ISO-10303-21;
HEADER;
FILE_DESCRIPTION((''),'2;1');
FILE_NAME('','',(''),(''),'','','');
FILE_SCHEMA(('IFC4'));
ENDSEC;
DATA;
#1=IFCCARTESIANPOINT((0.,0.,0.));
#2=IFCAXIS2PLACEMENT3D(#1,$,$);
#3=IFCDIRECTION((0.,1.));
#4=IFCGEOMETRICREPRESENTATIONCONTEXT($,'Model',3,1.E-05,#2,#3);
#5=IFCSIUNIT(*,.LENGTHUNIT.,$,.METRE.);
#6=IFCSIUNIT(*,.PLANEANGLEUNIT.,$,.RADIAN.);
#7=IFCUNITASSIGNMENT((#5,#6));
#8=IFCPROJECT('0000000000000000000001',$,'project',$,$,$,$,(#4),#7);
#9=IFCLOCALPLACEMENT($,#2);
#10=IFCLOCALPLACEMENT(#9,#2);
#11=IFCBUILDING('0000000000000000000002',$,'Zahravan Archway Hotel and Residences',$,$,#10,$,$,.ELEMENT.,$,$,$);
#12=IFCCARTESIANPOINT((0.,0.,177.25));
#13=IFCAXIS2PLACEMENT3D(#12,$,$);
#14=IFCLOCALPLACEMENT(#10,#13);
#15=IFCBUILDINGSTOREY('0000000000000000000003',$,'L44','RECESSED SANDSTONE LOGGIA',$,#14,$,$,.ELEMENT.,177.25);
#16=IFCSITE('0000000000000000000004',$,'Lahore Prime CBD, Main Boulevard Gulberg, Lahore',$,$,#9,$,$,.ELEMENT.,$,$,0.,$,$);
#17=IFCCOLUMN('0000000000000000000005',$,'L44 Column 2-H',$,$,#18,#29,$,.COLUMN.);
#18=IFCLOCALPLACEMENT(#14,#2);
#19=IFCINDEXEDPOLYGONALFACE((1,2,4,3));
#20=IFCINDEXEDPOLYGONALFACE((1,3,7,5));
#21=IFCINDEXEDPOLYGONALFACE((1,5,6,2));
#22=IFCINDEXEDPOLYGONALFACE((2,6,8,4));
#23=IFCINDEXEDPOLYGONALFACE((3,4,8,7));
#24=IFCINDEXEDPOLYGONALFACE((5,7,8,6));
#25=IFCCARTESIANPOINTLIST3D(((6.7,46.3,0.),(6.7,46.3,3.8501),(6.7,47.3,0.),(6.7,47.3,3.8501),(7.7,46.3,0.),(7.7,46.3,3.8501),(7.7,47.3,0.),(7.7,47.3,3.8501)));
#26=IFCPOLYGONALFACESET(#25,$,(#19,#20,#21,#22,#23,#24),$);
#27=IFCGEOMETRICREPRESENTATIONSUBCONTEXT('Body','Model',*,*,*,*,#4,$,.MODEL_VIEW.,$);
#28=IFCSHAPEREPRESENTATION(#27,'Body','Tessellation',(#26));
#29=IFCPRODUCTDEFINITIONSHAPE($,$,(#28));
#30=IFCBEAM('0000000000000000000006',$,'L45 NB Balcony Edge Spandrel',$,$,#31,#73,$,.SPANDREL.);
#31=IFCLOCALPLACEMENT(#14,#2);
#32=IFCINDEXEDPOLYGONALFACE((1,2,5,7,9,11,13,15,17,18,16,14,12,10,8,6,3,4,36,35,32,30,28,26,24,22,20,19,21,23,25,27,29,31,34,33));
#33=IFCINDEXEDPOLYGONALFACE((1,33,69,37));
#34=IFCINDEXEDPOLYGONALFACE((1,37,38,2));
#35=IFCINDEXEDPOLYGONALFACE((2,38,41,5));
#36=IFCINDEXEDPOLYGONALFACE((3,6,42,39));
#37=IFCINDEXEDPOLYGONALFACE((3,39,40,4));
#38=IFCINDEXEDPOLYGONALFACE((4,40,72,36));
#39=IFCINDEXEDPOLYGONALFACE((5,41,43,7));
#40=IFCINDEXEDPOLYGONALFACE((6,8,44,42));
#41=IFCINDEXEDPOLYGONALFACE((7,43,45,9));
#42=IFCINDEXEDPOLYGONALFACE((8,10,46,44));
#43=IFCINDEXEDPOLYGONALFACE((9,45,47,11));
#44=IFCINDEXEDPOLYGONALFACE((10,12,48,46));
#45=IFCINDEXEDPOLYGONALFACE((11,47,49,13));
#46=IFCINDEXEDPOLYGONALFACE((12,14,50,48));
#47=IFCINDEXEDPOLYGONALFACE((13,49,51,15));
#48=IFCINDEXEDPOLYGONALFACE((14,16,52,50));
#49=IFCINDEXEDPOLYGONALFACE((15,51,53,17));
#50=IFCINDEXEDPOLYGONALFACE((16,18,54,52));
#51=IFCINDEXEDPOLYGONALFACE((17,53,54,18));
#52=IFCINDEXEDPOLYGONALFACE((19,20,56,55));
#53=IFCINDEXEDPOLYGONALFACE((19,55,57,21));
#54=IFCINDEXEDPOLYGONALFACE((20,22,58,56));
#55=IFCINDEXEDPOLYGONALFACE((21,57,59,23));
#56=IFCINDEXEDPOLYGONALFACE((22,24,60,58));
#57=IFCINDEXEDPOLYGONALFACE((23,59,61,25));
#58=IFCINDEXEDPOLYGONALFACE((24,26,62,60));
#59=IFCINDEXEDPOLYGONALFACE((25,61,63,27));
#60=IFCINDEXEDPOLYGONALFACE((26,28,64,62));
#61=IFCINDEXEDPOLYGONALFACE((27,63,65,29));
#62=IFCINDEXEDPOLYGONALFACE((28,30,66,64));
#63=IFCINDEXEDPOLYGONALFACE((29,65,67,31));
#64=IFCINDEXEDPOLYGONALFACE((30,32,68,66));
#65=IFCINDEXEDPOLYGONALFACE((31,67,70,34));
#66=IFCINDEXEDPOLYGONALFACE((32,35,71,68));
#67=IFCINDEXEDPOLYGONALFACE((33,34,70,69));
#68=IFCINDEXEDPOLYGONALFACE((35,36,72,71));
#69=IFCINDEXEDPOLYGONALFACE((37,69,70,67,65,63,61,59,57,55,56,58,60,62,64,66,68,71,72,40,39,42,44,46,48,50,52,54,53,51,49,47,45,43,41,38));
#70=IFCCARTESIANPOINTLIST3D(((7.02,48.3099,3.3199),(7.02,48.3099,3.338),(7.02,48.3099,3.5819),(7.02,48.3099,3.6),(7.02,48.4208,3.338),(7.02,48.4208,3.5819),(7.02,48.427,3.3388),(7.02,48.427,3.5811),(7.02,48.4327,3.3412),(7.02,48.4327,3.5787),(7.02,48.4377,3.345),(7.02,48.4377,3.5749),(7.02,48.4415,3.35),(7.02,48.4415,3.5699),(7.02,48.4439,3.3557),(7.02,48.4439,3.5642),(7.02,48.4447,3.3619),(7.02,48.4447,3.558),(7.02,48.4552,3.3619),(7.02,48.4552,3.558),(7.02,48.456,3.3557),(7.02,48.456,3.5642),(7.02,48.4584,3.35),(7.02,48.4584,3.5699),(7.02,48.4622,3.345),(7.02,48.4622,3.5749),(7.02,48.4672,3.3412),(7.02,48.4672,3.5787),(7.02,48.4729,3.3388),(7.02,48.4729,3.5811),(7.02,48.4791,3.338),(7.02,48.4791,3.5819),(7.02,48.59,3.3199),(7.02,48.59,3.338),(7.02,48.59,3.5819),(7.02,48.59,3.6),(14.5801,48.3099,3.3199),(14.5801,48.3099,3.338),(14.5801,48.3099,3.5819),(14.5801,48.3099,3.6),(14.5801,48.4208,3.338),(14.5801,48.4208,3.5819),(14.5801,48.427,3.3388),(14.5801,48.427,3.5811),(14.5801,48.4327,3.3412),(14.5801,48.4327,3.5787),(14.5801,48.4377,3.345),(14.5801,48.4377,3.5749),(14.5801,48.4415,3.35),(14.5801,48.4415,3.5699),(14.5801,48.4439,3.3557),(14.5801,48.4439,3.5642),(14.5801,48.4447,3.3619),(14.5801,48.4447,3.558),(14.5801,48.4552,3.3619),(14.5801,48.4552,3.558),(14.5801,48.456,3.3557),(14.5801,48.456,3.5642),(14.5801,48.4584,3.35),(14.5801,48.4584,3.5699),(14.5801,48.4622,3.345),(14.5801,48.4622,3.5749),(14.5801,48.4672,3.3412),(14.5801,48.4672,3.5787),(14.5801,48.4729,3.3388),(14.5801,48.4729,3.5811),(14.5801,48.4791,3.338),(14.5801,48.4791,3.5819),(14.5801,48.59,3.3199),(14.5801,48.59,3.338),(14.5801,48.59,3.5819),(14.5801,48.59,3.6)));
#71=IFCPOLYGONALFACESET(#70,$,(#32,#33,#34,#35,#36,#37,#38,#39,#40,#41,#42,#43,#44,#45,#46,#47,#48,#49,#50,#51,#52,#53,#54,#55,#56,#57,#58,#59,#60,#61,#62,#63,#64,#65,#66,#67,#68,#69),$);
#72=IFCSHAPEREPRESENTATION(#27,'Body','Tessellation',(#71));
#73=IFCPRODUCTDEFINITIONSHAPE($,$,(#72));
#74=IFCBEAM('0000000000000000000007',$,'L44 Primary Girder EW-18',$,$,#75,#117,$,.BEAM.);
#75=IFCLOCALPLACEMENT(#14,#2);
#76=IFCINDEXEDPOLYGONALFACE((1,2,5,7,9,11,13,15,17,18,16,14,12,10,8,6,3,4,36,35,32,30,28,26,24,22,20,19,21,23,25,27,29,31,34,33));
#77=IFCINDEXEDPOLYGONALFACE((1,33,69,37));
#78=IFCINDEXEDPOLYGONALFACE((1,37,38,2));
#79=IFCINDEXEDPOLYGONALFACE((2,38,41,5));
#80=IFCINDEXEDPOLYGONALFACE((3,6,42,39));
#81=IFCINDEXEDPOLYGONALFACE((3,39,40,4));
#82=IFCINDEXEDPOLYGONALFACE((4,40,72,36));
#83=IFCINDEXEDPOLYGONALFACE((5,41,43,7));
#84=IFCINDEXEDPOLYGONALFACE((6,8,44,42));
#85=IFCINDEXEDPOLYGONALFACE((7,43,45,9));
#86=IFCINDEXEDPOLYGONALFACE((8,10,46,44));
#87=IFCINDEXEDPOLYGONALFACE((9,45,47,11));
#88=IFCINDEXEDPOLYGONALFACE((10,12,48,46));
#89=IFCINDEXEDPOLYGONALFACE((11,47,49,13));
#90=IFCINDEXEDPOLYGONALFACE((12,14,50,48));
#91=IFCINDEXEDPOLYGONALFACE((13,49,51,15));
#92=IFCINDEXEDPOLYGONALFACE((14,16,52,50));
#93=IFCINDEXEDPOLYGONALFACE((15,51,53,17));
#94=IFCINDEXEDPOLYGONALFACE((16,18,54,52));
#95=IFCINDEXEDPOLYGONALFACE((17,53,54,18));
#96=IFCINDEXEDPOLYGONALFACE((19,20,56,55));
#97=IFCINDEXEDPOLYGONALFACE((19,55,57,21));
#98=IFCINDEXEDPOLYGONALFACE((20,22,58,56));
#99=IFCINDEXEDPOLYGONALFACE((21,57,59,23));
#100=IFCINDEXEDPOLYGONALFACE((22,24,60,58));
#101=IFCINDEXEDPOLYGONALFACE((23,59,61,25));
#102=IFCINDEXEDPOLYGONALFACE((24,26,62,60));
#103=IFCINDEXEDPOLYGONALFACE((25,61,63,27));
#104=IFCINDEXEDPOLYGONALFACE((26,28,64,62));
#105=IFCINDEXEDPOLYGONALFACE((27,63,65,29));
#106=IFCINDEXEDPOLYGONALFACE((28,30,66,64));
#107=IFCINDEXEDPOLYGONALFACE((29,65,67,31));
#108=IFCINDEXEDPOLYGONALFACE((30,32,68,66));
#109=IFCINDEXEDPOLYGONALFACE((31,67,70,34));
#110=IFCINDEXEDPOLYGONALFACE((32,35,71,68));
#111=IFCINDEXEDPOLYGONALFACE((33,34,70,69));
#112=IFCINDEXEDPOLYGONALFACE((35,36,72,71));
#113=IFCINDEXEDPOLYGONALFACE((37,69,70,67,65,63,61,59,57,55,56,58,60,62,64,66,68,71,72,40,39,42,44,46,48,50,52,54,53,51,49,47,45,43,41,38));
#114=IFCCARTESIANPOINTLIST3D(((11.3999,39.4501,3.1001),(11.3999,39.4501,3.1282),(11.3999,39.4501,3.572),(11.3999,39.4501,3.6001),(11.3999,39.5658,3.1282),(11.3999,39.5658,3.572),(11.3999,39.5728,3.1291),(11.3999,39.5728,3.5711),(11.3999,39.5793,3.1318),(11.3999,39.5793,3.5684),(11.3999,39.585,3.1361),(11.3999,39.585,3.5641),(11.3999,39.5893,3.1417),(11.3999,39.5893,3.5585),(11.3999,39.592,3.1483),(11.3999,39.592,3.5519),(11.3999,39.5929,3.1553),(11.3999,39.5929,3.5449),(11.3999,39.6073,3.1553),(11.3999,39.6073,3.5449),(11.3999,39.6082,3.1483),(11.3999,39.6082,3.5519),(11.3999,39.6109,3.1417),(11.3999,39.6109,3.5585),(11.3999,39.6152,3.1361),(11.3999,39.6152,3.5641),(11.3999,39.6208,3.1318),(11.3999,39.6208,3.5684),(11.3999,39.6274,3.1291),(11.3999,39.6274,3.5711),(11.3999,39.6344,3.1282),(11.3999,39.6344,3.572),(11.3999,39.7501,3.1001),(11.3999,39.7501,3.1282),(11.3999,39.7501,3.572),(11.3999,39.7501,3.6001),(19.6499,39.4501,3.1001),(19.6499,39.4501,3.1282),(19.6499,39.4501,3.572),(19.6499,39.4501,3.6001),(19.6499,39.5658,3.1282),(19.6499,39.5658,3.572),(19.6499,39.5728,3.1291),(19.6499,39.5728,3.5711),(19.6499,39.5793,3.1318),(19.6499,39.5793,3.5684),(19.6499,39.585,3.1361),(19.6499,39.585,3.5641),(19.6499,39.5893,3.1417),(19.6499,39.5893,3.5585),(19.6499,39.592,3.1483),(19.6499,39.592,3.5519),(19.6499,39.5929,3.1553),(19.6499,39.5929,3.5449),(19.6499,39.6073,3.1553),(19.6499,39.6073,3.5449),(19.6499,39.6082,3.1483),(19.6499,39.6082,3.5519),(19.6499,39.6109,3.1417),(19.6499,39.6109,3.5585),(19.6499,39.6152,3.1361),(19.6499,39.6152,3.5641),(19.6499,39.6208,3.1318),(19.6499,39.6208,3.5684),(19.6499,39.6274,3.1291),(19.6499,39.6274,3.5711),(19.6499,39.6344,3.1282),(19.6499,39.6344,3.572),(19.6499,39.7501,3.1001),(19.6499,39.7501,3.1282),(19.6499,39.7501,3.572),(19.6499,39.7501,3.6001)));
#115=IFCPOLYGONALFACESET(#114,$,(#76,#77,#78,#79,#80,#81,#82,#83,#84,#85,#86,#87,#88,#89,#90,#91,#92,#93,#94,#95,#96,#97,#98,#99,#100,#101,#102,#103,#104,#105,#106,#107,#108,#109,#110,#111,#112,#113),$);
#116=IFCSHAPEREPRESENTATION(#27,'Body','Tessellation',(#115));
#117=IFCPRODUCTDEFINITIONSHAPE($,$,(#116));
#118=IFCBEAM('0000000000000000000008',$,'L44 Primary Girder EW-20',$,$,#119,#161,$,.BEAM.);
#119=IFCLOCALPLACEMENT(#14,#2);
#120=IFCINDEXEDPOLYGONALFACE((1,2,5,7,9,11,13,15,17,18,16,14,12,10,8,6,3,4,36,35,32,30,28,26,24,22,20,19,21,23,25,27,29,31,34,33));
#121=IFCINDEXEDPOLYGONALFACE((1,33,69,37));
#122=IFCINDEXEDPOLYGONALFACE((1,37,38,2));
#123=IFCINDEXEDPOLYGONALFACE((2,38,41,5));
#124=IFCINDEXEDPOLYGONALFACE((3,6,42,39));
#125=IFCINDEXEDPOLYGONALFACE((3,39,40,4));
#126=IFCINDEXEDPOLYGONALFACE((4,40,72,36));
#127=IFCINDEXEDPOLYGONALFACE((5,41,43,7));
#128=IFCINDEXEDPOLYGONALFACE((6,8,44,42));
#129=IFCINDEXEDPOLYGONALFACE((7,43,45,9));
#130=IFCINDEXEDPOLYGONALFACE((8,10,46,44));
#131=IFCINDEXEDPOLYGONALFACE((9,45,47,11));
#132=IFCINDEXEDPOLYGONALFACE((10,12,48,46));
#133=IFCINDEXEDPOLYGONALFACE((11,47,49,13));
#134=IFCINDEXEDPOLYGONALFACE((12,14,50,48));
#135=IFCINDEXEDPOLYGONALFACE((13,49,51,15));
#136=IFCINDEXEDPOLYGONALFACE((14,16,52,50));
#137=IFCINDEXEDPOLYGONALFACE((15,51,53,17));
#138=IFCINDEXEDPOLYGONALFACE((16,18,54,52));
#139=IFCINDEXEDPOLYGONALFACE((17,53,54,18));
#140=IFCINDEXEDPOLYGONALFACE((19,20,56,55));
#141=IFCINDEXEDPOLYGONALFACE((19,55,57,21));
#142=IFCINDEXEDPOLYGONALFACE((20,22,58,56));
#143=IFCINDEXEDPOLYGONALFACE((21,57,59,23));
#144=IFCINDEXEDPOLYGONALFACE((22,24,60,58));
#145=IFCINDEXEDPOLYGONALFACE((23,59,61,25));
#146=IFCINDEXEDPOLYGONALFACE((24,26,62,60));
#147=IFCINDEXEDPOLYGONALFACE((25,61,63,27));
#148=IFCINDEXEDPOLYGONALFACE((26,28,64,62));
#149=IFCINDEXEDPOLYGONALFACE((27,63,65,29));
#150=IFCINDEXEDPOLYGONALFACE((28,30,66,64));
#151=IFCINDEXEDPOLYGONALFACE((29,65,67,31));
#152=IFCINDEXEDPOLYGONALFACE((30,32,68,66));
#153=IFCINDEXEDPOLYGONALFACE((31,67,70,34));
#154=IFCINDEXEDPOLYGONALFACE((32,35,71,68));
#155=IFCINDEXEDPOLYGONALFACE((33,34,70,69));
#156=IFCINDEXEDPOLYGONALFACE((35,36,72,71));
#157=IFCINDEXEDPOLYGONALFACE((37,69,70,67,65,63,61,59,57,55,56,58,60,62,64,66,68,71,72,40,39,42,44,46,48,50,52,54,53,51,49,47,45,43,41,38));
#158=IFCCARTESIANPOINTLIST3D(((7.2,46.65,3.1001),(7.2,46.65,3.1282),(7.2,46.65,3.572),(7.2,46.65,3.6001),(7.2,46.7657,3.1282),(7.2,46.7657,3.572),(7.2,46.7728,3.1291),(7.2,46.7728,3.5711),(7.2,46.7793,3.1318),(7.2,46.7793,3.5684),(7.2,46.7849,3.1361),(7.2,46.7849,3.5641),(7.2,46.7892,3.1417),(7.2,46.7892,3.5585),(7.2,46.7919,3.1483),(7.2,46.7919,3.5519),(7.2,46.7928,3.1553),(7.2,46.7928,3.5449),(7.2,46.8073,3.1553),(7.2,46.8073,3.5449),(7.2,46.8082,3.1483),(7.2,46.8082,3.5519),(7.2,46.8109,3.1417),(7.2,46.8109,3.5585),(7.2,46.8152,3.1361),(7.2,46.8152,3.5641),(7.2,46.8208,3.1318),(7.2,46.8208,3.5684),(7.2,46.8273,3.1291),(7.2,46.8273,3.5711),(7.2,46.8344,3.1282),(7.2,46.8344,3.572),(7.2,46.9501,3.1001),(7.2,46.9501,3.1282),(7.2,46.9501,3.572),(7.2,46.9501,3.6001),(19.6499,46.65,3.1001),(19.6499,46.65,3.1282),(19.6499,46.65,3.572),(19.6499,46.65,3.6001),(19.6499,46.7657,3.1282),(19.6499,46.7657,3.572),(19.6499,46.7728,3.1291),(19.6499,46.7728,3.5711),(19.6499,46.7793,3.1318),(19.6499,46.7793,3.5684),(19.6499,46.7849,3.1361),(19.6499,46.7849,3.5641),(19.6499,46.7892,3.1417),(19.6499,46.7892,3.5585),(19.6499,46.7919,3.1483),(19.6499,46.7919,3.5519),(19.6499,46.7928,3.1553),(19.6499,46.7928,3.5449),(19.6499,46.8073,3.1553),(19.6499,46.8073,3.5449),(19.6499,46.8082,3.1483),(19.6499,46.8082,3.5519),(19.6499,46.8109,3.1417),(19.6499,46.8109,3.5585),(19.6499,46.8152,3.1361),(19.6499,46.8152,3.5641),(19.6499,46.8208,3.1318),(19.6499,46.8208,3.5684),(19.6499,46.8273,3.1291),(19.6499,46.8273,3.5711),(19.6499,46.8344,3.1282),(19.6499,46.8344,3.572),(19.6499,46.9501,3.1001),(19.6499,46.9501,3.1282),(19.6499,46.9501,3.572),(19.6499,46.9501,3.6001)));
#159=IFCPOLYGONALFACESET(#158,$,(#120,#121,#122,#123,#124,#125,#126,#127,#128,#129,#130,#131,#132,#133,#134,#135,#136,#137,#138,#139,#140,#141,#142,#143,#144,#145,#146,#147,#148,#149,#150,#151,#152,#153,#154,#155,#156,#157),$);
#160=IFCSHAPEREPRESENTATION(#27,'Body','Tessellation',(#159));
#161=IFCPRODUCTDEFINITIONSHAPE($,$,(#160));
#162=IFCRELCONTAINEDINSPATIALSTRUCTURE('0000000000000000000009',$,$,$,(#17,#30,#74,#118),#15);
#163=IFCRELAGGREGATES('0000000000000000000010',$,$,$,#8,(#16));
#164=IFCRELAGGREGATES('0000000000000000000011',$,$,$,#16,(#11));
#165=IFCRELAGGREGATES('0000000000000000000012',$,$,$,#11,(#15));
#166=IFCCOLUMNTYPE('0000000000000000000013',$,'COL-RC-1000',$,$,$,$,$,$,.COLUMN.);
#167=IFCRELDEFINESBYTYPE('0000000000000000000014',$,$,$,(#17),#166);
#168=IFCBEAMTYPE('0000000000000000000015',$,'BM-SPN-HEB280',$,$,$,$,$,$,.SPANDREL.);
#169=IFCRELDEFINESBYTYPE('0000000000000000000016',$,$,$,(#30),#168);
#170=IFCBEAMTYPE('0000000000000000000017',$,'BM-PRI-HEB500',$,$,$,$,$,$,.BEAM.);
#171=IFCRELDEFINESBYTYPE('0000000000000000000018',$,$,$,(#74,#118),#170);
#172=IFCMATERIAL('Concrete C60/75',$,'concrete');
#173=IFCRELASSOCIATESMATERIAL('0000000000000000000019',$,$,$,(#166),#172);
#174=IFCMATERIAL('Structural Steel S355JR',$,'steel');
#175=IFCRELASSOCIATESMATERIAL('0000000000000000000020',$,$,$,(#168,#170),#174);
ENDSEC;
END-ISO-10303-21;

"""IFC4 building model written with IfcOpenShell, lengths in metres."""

from ifc_helpers import new_model, si_unit, direction, frame, origin, origin_2d, place, context, subcontext, project, spatial, rectangle, i_section, extrude, source, transform, mapped, material, material_profile, profile_set, type_object, type_shapes, element, save


model = new_model("IFC4")

# Units and contexts
model_context = context("Model", 3, precision=1e-05, world=origin(), true_north=direction((0.0, 1.0)))
body_context = subcontext(model_context, "Body", "Model", "MODEL_VIEW")
ifc_project = project(units=[si_unit("LENGTHUNIT", "METRE"), si_unit("PLANEANGLEUNIT", "RADIAN")], contexts=[model_context])

# Site, building, storey
site_placement = place(None, origin())
site = spatial("IfcSite", under=ifc_project, at=site_placement, Name="Lahore Prime CBD, Main Boulevard Gulberg, Lahore", CompositionType="ELEMENT", RefElevation=0.0)
building_placement = place(site_placement, origin())
building = spatial("IfcBuilding", under=site, at=building_placement, Name="Zahravan Archway Hotel and Residences", CompositionType="ELEMENT")
storey_placement = place(building_placement, frame((0.0, 0.0, 177.25)))
storey = spatial("IfcBuildingStorey", under=building, at=storey_placement, Name="L44", Description="RECESSED SANDSTONE LOGGIA", CompositionType="ELEMENT", Elevation=177.25)

# Column
ifc_material_1 = material(Name="Concrete C60/75", Category="concrete")
ifc_material_profile_1 = material_profile(ifc_material_1, rectangle(XDim=1.0, YDim=1.0, at=origin_2d()), Name="RC-COL-1000x1000", Category="concrete")
ifc_profile_set_1 = profile_set([ifc_material_profile_1], Name="Concrete C60/75")
column_type = type_object("IfcColumnType", Name="COL-RC-1000", PredefinedType="COLUMN", material=ifc_profile_set_1)
shared_shape_1 = source(origin(), body_context, "Body", "SweptSolid", [
    extrude(rectangle(XDim=1.0, YDim=1.0, at=origin_2d()), origin(), (0.0, 0.0, 1.0), 3.8501),
])
column_placement = place(storey_placement, frame((7.2, 46.8, 0.0), z_axis=(0.0, 0.0, 1.0), x_axis=(1.0, 0.0, 0.0)))
element("IfcColumn", 1, at=column_placement, inside=storey, type_object=column_type, Name="L44 Column 2-H", PredefinedType="COLUMN", context=body_context, shape_type="MappedRepresentation", body=[
    mapped(shared_shape_1, transform((0.0, 0.0, 0.0), scale=1.0)),
])

# Beams
ifc_material_2 = material(Name="Structural Steel S355JR", Category="steel")
ifc_material_profile_2 = material_profile(ifc_material_2, i_section(OverallWidth=0.28, OverallDepth=0.28, WebThickness=0.0105, FlangeThickness=0.0181, FilletRadius=0.0239, at=origin_2d()), Name="HEB 280", Category="steel")
ifc_profile_set_2 = profile_set([ifc_material_profile_2], Name="Structural Steel S355JR")
beam_type_1 = type_object("IfcBeamType", Name="BM-SPN-HEB280", PredefinedType="SPANDREL", material=ifc_profile_set_2)
shared_shape_2 = source(origin(), body_context, "Body", "SweptSolid", [
    extrude(i_section(OverallWidth=0.28, OverallDepth=0.28, WebThickness=0.0105, FlangeThickness=0.0181, FilletRadius=0.0239, at=origin_2d()), origin(), (0.0, 0.0, 1.0), 7.5601),
])
type_shapes(beam_type_1, [shared_shape_2])
beam_1_placement = place(storey_placement, frame((7.02, 48.45, 3.46), z_axis=(1.0, 0.0, 0.0), x_axis=(0.0, 1.0, 0.0)))
element("IfcBeam", 2, at=beam_1_placement, inside=storey, type_object=beam_type_1, Name="L45 NB Balcony Edge Spandrel", PredefinedType="SPANDREL", context=body_context, shape_type="MappedRepresentation", body=[
    mapped(shared_shape_2, transform((0.0, 0.0, 0.0), scale=1.0)),
])
ifc_material_profile_3 = material_profile(ifc_material_2, i_section(OverallWidth=0.3, OverallDepth=0.5, WebThickness=0.0144, FlangeThickness=0.0281, FilletRadius=0.0271, at=origin_2d()), Name="HEB 500", Category="steel")
ifc_profile_set_3 = profile_set([ifc_material_profile_3], Name="Structural Steel S355JR")
beam_type_2 = type_object("IfcBeamType", Name="BM-PRI-HEB500", PredefinedType="BEAM", material=ifc_profile_set_3)
shared_shape_3 = source(origin(), body_context, "Body", "SweptSolid", [
    extrude(i_section(OverallWidth=0.3, OverallDepth=0.5, WebThickness=0.0144, FlangeThickness=0.0281, FilletRadius=0.0271, at=origin_2d()), origin(), (0.0, 0.0, 1.0), 8.25),
])
beam_2_placement = place(storey_placement, frame((11.3999, 39.6001, 3.3501), z_axis=(1.0, 0.0, 0.0), x_axis=(0.0, 1.0, 0.0)))
element("IfcBeam", 3, at=beam_2_placement, inside=storey, type_object=beam_type_2, Name="L44 Primary Girder EW-18", PredefinedType="BEAM", context=body_context, shape_type="MappedRepresentation", body=[
    mapped(shared_shape_3, transform((0.0, 0.0, 0.0), scale=1.0)),
])
shared_shape_4 = source(origin(), body_context, "Body", "SweptSolid", [
    extrude(i_section(OverallWidth=0.3, OverallDepth=0.5, WebThickness=0.0144, FlangeThickness=0.0281, FilletRadius=0.0271, at=origin_2d()), origin(), (0.0, 0.0, 1.0), 12.45),
])
beam_3_placement = place(storey_placement, frame((7.2, 46.8, 3.3501), z_axis=(1.0, 0.0, 0.0), x_axis=(0.0, 1.0, 0.0)))
element("IfcBeam", 4, at=beam_3_placement, inside=storey, type_object=beam_type_2, Name="L44 Primary Girder EW-20", PredefinedType="BEAM", context=body_context, shape_type="MappedRepresentation", body=[
    mapped(shared_shape_4, transform((0.0, 0.0, 0.0), scale=1.0)),
])

save(model, "model.ifc")
